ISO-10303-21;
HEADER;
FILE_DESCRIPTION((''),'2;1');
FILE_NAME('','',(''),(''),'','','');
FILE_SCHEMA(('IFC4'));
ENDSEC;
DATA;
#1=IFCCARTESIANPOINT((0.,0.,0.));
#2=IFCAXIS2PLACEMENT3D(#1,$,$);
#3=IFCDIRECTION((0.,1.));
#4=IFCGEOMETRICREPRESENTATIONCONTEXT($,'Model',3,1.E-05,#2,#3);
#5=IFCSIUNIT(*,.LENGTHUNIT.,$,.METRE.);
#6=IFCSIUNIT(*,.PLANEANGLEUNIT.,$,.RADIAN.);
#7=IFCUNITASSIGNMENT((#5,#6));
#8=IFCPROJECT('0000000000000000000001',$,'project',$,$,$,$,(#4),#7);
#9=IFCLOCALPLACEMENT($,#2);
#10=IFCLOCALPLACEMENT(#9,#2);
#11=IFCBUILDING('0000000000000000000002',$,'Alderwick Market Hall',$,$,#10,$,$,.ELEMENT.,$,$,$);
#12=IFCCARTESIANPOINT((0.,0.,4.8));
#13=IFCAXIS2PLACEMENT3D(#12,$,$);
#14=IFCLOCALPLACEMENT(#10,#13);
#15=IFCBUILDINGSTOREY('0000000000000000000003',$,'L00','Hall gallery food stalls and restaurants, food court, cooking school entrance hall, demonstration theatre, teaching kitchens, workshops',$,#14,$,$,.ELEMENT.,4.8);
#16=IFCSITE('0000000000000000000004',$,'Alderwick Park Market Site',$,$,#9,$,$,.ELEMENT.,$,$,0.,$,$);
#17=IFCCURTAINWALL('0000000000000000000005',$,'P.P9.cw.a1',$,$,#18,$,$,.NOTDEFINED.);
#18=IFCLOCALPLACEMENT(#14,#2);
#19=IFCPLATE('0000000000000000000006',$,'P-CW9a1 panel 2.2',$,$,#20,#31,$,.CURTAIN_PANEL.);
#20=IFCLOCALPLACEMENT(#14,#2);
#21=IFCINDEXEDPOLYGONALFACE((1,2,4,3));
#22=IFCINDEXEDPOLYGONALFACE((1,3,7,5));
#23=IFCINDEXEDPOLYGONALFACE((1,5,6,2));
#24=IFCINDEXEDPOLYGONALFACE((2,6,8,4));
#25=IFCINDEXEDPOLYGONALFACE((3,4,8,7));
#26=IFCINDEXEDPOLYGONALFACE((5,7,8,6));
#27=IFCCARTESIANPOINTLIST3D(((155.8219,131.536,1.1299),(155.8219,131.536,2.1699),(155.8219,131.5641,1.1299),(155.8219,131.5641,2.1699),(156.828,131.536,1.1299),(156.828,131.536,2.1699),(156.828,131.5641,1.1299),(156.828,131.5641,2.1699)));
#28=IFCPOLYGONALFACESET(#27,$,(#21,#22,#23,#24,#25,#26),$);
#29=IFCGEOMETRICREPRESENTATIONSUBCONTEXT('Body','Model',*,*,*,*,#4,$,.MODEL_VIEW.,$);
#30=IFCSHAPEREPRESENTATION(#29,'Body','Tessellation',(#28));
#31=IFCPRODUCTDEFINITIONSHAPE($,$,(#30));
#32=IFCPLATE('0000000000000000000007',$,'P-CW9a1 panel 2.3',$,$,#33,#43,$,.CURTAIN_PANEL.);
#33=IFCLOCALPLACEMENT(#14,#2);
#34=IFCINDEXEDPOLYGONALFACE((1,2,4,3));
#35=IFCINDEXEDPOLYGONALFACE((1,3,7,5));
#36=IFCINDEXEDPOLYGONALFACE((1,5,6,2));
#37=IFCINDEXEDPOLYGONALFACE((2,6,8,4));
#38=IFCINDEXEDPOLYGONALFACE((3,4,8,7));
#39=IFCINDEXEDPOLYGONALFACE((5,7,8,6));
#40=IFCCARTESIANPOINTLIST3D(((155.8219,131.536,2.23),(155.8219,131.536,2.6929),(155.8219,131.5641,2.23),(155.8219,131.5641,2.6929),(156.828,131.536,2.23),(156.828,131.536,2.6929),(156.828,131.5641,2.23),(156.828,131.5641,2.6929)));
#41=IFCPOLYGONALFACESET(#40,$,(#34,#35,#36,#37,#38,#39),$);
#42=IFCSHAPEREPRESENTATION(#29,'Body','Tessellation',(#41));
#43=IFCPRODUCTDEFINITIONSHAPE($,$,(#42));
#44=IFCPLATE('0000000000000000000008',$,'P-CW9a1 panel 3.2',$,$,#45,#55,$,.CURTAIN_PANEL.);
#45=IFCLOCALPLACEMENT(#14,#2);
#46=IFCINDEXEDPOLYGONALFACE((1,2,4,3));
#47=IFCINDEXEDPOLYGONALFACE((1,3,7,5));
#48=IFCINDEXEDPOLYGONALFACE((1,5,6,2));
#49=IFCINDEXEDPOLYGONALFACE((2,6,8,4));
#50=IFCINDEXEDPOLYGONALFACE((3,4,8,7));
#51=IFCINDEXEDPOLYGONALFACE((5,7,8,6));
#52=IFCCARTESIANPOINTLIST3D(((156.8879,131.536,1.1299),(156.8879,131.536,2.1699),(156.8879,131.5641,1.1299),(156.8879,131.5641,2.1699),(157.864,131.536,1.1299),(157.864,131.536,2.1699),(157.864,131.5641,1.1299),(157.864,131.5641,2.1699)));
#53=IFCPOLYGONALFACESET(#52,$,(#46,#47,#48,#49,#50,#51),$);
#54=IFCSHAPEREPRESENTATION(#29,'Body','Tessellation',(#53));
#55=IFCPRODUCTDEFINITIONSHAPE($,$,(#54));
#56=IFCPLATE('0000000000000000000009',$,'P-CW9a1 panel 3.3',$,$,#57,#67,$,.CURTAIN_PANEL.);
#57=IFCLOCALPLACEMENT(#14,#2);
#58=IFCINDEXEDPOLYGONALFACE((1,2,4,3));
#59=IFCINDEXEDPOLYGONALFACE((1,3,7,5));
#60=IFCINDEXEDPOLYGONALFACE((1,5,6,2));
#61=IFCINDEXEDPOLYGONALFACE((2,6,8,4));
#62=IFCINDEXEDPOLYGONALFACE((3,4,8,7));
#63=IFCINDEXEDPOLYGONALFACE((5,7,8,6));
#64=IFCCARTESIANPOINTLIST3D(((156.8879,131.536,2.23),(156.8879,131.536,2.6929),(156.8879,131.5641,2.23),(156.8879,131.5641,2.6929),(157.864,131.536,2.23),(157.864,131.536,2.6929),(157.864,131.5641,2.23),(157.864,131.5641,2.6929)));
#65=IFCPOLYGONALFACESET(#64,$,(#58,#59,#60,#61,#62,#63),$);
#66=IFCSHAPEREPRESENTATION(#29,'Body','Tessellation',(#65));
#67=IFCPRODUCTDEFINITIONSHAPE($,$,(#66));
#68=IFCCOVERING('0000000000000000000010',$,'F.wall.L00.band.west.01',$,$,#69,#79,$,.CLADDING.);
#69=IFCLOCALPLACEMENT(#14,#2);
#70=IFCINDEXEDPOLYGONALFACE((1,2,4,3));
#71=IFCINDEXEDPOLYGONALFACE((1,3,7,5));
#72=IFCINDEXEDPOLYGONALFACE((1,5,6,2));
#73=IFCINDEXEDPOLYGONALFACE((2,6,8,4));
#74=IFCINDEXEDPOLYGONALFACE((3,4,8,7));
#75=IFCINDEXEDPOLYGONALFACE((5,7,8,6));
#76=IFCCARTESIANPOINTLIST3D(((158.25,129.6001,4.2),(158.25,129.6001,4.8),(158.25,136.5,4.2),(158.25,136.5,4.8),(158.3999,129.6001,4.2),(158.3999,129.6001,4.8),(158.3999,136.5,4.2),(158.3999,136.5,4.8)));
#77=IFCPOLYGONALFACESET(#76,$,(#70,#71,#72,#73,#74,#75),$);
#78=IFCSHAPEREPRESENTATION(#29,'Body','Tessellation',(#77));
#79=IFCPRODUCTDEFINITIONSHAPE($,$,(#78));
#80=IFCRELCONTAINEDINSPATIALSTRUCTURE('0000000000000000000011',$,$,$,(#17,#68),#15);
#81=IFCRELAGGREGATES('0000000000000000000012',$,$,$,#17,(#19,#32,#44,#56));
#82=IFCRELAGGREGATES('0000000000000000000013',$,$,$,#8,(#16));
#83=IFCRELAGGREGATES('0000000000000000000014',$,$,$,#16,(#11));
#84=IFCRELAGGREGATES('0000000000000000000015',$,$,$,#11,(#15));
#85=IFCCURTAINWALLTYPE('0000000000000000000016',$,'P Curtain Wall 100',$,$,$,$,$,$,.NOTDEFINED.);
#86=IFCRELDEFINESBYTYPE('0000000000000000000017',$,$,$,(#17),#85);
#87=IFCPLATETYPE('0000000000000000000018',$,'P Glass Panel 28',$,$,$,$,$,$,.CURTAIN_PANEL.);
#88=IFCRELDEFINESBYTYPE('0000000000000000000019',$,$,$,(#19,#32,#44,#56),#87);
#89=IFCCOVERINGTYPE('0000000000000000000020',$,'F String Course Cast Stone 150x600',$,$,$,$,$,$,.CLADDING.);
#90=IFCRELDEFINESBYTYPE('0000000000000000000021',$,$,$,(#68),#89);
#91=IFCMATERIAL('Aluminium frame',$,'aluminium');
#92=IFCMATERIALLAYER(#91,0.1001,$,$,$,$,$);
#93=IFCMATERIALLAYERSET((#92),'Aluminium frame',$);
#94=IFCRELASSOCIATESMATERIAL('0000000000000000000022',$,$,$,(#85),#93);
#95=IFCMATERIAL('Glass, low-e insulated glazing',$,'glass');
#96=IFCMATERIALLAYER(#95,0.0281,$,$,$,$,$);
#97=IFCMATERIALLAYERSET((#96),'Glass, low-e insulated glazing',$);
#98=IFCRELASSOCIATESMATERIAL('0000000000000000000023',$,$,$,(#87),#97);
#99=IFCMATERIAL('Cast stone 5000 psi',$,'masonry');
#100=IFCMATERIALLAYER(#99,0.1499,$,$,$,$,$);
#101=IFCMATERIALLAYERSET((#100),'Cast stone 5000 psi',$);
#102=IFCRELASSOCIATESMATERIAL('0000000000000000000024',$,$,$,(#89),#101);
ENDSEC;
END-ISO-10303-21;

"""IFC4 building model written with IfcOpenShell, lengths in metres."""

from ifc_helpers import new_model, si_unit, direction, frame, frame_2d, origin, origin_2d, place, context, subcontext, project, spatial, rectangle, extrude, material, layer, layer_set, type_object, element, aggregate, save


model = new_model("IFC4")

# Units and contexts
model_context = context("Model", 3, precision=1e-05, world=origin(), true_north=direction((0.0, 1.0)))
body_context = subcontext(model_context, "Body", "Model", "MODEL_VIEW")
ifc_project = project(units=[si_unit("LENGTHUNIT", "METRE"), si_unit("PLANEANGLEUNIT", "RADIAN")], contexts=[model_context])

# Site, building, storey
site_placement = place(None, origin())
site = spatial("IfcSite", under=ifc_project, at=site_placement, Name="Alderwick Park Market Site", CompositionType="ELEMENT", RefElevation=0.0)
building_placement = place(site_placement, origin())
building = spatial("IfcBuilding", under=site, at=building_placement, Name="Alderwick Market Hall", CompositionType="ELEMENT")
storey_placement = place(building_placement, frame((0.0, 0.0, 4.8)))
storey = spatial("IfcBuildingStorey", under=building, at=storey_placement, Name="L00", Description="Hall gallery food stalls and restaurants, food court, cooking school entrance hall, demonstration theatre, teaching kitchens, workshops", CompositionType="ELEMENT", Elevation=4.8)

# Curtain wall
ifc_material_1 = material(Name="Aluminium frame", Category="aluminium")
ifc_layer_1 = layer(ifc_material_1, 0.1001)
ifc_layer_set_1 = layer_set([ifc_layer_1], Name="Aluminium frame")
curtain_wall_type = type_object("IfcCurtainWallType", Name="P Curtain Wall 100", PredefinedType="NOTDEFINED", material=ifc_layer_set_1)
curtain_wall_1_placement = place(storey_placement, origin())
curtain_wall_1 = element("IfcCurtainWall", 1, at=curtain_wall_1_placement, inside=storey, type_object=curtain_wall_type, Name="P.P9.cw.a1", PredefinedType="NOTDEFINED")

# Plates
ifc_material_2 = material(Name="Glass, low-e insulated glazing", Category="glass")
ifc_layer_2 = layer(ifc_material_2, 0.0281)
ifc_layer_set_2 = layer_set([ifc_layer_2], Name="Glass, low-e insulated glazing")
plate_type = type_object("IfcPlateType", Name="P Glass Panel 28", PredefinedType="CURTAIN_PANEL", material=ifc_layer_set_2)
plate_1_placement = place(storey_placement, frame((156.325, 131.55, 1.1299), z_axis=(0.0, 0.0, 1.0), x_axis=(1.0, 0.0, 0.0)))
plate_1 = element("IfcPlate", 2, at=plate_1_placement, type_object=plate_type, Name="P-CW9a1 panel 2.2", PredefinedType="CURTAIN_PANEL", context=body_context, shape_type="SweptSolid", body=[
    extrude(rectangle(XDim=1.0061, YDim=0.0281, at=origin_2d()), origin(), (0.0, 0.0, 1.0), 1.04),
])
plate_2_placement = place(storey_placement, frame((156.325, 131.55, 2.23), z_axis=(0.0, 0.0, 1.0), x_axis=(1.0, 0.0, 0.0)))
plate_2 = element("IfcPlate", 3, at=plate_2_placement, type_object=plate_type, Name="P-CW9a1 panel 2.3", PredefinedType="CURTAIN_PANEL", context=body_context, shape_type="SweptSolid", body=[
    extrude(rectangle(XDim=1.0061, YDim=0.0281, at=origin_2d()), origin(), (0.0, 0.0, 1.0), 0.4629),
])
plate_3_placement = place(storey_placement, frame((157.376, 131.55, 1.1299), z_axis=(0.0, 0.0, 1.0), x_axis=(1.0, 0.0, 0.0)))
plate_3 = element("IfcPlate", 4, at=plate_3_placement, type_object=plate_type, Name="P-CW9a1 panel 3.2", PredefinedType="CURTAIN_PANEL", context=body_context, shape_type="SweptSolid", body=[
    extrude(rectangle(XDim=0.9761, YDim=0.0281, at=origin_2d()), origin(), (0.0, 0.0, 1.0), 1.04),
])
plate_4_placement = place(storey_placement, frame((157.376, 131.55, 2.23), z_axis=(0.0, 0.0, 1.0), x_axis=(1.0, 0.0, 0.0)))
plate_4 = element("IfcPlate", 5, at=plate_4_placement, type_object=plate_type, Name="P-CW9a1 panel 3.3", PredefinedType="CURTAIN_PANEL", context=body_context, shape_type="SweptSolid", body=[
    extrude(rectangle(XDim=0.9761, YDim=0.0281, at=origin_2d()), origin(), (0.0, 0.0, 1.0), 0.4629),
])
aggregate(curtain_wall_1, [plate_1, plate_2, plate_3, plate_4])

# Covering
ifc_material_3 = material(Name="Cast stone 5000 psi", Category="masonry")
ifc_layer_3 = layer(ifc_material_3, 0.1499)
ifc_layer_set_3 = layer_set([ifc_layer_3], Name="Cast stone 5000 psi")
covering_type = type_object("IfcCoveringType", Name="F String Course Cast Stone 150x600", PredefinedType="CLADDING", material=ifc_layer_set_3)
covering_placement = place(storey_placement, frame((158.325, 129.6001, 4.2), z_axis=(0.0, 0.0, 1.0), x_axis=(0.0, 1.0, 0.0)))
element("IfcCovering", 6, at=covering_placement, inside=storey, type_object=covering_type, Name="F.wall.L00.band.west.01", PredefinedType="CLADDING", context=body_context, shape_type="SweptSolid", body=[
    extrude(rectangle(XDim=6.8999, YDim=0.1499, at=frame_2d((3.45, 0.0))), origin(), (0.0, 0.0, 1.0), 0.6001),
])

save(model, "model.ifc")
